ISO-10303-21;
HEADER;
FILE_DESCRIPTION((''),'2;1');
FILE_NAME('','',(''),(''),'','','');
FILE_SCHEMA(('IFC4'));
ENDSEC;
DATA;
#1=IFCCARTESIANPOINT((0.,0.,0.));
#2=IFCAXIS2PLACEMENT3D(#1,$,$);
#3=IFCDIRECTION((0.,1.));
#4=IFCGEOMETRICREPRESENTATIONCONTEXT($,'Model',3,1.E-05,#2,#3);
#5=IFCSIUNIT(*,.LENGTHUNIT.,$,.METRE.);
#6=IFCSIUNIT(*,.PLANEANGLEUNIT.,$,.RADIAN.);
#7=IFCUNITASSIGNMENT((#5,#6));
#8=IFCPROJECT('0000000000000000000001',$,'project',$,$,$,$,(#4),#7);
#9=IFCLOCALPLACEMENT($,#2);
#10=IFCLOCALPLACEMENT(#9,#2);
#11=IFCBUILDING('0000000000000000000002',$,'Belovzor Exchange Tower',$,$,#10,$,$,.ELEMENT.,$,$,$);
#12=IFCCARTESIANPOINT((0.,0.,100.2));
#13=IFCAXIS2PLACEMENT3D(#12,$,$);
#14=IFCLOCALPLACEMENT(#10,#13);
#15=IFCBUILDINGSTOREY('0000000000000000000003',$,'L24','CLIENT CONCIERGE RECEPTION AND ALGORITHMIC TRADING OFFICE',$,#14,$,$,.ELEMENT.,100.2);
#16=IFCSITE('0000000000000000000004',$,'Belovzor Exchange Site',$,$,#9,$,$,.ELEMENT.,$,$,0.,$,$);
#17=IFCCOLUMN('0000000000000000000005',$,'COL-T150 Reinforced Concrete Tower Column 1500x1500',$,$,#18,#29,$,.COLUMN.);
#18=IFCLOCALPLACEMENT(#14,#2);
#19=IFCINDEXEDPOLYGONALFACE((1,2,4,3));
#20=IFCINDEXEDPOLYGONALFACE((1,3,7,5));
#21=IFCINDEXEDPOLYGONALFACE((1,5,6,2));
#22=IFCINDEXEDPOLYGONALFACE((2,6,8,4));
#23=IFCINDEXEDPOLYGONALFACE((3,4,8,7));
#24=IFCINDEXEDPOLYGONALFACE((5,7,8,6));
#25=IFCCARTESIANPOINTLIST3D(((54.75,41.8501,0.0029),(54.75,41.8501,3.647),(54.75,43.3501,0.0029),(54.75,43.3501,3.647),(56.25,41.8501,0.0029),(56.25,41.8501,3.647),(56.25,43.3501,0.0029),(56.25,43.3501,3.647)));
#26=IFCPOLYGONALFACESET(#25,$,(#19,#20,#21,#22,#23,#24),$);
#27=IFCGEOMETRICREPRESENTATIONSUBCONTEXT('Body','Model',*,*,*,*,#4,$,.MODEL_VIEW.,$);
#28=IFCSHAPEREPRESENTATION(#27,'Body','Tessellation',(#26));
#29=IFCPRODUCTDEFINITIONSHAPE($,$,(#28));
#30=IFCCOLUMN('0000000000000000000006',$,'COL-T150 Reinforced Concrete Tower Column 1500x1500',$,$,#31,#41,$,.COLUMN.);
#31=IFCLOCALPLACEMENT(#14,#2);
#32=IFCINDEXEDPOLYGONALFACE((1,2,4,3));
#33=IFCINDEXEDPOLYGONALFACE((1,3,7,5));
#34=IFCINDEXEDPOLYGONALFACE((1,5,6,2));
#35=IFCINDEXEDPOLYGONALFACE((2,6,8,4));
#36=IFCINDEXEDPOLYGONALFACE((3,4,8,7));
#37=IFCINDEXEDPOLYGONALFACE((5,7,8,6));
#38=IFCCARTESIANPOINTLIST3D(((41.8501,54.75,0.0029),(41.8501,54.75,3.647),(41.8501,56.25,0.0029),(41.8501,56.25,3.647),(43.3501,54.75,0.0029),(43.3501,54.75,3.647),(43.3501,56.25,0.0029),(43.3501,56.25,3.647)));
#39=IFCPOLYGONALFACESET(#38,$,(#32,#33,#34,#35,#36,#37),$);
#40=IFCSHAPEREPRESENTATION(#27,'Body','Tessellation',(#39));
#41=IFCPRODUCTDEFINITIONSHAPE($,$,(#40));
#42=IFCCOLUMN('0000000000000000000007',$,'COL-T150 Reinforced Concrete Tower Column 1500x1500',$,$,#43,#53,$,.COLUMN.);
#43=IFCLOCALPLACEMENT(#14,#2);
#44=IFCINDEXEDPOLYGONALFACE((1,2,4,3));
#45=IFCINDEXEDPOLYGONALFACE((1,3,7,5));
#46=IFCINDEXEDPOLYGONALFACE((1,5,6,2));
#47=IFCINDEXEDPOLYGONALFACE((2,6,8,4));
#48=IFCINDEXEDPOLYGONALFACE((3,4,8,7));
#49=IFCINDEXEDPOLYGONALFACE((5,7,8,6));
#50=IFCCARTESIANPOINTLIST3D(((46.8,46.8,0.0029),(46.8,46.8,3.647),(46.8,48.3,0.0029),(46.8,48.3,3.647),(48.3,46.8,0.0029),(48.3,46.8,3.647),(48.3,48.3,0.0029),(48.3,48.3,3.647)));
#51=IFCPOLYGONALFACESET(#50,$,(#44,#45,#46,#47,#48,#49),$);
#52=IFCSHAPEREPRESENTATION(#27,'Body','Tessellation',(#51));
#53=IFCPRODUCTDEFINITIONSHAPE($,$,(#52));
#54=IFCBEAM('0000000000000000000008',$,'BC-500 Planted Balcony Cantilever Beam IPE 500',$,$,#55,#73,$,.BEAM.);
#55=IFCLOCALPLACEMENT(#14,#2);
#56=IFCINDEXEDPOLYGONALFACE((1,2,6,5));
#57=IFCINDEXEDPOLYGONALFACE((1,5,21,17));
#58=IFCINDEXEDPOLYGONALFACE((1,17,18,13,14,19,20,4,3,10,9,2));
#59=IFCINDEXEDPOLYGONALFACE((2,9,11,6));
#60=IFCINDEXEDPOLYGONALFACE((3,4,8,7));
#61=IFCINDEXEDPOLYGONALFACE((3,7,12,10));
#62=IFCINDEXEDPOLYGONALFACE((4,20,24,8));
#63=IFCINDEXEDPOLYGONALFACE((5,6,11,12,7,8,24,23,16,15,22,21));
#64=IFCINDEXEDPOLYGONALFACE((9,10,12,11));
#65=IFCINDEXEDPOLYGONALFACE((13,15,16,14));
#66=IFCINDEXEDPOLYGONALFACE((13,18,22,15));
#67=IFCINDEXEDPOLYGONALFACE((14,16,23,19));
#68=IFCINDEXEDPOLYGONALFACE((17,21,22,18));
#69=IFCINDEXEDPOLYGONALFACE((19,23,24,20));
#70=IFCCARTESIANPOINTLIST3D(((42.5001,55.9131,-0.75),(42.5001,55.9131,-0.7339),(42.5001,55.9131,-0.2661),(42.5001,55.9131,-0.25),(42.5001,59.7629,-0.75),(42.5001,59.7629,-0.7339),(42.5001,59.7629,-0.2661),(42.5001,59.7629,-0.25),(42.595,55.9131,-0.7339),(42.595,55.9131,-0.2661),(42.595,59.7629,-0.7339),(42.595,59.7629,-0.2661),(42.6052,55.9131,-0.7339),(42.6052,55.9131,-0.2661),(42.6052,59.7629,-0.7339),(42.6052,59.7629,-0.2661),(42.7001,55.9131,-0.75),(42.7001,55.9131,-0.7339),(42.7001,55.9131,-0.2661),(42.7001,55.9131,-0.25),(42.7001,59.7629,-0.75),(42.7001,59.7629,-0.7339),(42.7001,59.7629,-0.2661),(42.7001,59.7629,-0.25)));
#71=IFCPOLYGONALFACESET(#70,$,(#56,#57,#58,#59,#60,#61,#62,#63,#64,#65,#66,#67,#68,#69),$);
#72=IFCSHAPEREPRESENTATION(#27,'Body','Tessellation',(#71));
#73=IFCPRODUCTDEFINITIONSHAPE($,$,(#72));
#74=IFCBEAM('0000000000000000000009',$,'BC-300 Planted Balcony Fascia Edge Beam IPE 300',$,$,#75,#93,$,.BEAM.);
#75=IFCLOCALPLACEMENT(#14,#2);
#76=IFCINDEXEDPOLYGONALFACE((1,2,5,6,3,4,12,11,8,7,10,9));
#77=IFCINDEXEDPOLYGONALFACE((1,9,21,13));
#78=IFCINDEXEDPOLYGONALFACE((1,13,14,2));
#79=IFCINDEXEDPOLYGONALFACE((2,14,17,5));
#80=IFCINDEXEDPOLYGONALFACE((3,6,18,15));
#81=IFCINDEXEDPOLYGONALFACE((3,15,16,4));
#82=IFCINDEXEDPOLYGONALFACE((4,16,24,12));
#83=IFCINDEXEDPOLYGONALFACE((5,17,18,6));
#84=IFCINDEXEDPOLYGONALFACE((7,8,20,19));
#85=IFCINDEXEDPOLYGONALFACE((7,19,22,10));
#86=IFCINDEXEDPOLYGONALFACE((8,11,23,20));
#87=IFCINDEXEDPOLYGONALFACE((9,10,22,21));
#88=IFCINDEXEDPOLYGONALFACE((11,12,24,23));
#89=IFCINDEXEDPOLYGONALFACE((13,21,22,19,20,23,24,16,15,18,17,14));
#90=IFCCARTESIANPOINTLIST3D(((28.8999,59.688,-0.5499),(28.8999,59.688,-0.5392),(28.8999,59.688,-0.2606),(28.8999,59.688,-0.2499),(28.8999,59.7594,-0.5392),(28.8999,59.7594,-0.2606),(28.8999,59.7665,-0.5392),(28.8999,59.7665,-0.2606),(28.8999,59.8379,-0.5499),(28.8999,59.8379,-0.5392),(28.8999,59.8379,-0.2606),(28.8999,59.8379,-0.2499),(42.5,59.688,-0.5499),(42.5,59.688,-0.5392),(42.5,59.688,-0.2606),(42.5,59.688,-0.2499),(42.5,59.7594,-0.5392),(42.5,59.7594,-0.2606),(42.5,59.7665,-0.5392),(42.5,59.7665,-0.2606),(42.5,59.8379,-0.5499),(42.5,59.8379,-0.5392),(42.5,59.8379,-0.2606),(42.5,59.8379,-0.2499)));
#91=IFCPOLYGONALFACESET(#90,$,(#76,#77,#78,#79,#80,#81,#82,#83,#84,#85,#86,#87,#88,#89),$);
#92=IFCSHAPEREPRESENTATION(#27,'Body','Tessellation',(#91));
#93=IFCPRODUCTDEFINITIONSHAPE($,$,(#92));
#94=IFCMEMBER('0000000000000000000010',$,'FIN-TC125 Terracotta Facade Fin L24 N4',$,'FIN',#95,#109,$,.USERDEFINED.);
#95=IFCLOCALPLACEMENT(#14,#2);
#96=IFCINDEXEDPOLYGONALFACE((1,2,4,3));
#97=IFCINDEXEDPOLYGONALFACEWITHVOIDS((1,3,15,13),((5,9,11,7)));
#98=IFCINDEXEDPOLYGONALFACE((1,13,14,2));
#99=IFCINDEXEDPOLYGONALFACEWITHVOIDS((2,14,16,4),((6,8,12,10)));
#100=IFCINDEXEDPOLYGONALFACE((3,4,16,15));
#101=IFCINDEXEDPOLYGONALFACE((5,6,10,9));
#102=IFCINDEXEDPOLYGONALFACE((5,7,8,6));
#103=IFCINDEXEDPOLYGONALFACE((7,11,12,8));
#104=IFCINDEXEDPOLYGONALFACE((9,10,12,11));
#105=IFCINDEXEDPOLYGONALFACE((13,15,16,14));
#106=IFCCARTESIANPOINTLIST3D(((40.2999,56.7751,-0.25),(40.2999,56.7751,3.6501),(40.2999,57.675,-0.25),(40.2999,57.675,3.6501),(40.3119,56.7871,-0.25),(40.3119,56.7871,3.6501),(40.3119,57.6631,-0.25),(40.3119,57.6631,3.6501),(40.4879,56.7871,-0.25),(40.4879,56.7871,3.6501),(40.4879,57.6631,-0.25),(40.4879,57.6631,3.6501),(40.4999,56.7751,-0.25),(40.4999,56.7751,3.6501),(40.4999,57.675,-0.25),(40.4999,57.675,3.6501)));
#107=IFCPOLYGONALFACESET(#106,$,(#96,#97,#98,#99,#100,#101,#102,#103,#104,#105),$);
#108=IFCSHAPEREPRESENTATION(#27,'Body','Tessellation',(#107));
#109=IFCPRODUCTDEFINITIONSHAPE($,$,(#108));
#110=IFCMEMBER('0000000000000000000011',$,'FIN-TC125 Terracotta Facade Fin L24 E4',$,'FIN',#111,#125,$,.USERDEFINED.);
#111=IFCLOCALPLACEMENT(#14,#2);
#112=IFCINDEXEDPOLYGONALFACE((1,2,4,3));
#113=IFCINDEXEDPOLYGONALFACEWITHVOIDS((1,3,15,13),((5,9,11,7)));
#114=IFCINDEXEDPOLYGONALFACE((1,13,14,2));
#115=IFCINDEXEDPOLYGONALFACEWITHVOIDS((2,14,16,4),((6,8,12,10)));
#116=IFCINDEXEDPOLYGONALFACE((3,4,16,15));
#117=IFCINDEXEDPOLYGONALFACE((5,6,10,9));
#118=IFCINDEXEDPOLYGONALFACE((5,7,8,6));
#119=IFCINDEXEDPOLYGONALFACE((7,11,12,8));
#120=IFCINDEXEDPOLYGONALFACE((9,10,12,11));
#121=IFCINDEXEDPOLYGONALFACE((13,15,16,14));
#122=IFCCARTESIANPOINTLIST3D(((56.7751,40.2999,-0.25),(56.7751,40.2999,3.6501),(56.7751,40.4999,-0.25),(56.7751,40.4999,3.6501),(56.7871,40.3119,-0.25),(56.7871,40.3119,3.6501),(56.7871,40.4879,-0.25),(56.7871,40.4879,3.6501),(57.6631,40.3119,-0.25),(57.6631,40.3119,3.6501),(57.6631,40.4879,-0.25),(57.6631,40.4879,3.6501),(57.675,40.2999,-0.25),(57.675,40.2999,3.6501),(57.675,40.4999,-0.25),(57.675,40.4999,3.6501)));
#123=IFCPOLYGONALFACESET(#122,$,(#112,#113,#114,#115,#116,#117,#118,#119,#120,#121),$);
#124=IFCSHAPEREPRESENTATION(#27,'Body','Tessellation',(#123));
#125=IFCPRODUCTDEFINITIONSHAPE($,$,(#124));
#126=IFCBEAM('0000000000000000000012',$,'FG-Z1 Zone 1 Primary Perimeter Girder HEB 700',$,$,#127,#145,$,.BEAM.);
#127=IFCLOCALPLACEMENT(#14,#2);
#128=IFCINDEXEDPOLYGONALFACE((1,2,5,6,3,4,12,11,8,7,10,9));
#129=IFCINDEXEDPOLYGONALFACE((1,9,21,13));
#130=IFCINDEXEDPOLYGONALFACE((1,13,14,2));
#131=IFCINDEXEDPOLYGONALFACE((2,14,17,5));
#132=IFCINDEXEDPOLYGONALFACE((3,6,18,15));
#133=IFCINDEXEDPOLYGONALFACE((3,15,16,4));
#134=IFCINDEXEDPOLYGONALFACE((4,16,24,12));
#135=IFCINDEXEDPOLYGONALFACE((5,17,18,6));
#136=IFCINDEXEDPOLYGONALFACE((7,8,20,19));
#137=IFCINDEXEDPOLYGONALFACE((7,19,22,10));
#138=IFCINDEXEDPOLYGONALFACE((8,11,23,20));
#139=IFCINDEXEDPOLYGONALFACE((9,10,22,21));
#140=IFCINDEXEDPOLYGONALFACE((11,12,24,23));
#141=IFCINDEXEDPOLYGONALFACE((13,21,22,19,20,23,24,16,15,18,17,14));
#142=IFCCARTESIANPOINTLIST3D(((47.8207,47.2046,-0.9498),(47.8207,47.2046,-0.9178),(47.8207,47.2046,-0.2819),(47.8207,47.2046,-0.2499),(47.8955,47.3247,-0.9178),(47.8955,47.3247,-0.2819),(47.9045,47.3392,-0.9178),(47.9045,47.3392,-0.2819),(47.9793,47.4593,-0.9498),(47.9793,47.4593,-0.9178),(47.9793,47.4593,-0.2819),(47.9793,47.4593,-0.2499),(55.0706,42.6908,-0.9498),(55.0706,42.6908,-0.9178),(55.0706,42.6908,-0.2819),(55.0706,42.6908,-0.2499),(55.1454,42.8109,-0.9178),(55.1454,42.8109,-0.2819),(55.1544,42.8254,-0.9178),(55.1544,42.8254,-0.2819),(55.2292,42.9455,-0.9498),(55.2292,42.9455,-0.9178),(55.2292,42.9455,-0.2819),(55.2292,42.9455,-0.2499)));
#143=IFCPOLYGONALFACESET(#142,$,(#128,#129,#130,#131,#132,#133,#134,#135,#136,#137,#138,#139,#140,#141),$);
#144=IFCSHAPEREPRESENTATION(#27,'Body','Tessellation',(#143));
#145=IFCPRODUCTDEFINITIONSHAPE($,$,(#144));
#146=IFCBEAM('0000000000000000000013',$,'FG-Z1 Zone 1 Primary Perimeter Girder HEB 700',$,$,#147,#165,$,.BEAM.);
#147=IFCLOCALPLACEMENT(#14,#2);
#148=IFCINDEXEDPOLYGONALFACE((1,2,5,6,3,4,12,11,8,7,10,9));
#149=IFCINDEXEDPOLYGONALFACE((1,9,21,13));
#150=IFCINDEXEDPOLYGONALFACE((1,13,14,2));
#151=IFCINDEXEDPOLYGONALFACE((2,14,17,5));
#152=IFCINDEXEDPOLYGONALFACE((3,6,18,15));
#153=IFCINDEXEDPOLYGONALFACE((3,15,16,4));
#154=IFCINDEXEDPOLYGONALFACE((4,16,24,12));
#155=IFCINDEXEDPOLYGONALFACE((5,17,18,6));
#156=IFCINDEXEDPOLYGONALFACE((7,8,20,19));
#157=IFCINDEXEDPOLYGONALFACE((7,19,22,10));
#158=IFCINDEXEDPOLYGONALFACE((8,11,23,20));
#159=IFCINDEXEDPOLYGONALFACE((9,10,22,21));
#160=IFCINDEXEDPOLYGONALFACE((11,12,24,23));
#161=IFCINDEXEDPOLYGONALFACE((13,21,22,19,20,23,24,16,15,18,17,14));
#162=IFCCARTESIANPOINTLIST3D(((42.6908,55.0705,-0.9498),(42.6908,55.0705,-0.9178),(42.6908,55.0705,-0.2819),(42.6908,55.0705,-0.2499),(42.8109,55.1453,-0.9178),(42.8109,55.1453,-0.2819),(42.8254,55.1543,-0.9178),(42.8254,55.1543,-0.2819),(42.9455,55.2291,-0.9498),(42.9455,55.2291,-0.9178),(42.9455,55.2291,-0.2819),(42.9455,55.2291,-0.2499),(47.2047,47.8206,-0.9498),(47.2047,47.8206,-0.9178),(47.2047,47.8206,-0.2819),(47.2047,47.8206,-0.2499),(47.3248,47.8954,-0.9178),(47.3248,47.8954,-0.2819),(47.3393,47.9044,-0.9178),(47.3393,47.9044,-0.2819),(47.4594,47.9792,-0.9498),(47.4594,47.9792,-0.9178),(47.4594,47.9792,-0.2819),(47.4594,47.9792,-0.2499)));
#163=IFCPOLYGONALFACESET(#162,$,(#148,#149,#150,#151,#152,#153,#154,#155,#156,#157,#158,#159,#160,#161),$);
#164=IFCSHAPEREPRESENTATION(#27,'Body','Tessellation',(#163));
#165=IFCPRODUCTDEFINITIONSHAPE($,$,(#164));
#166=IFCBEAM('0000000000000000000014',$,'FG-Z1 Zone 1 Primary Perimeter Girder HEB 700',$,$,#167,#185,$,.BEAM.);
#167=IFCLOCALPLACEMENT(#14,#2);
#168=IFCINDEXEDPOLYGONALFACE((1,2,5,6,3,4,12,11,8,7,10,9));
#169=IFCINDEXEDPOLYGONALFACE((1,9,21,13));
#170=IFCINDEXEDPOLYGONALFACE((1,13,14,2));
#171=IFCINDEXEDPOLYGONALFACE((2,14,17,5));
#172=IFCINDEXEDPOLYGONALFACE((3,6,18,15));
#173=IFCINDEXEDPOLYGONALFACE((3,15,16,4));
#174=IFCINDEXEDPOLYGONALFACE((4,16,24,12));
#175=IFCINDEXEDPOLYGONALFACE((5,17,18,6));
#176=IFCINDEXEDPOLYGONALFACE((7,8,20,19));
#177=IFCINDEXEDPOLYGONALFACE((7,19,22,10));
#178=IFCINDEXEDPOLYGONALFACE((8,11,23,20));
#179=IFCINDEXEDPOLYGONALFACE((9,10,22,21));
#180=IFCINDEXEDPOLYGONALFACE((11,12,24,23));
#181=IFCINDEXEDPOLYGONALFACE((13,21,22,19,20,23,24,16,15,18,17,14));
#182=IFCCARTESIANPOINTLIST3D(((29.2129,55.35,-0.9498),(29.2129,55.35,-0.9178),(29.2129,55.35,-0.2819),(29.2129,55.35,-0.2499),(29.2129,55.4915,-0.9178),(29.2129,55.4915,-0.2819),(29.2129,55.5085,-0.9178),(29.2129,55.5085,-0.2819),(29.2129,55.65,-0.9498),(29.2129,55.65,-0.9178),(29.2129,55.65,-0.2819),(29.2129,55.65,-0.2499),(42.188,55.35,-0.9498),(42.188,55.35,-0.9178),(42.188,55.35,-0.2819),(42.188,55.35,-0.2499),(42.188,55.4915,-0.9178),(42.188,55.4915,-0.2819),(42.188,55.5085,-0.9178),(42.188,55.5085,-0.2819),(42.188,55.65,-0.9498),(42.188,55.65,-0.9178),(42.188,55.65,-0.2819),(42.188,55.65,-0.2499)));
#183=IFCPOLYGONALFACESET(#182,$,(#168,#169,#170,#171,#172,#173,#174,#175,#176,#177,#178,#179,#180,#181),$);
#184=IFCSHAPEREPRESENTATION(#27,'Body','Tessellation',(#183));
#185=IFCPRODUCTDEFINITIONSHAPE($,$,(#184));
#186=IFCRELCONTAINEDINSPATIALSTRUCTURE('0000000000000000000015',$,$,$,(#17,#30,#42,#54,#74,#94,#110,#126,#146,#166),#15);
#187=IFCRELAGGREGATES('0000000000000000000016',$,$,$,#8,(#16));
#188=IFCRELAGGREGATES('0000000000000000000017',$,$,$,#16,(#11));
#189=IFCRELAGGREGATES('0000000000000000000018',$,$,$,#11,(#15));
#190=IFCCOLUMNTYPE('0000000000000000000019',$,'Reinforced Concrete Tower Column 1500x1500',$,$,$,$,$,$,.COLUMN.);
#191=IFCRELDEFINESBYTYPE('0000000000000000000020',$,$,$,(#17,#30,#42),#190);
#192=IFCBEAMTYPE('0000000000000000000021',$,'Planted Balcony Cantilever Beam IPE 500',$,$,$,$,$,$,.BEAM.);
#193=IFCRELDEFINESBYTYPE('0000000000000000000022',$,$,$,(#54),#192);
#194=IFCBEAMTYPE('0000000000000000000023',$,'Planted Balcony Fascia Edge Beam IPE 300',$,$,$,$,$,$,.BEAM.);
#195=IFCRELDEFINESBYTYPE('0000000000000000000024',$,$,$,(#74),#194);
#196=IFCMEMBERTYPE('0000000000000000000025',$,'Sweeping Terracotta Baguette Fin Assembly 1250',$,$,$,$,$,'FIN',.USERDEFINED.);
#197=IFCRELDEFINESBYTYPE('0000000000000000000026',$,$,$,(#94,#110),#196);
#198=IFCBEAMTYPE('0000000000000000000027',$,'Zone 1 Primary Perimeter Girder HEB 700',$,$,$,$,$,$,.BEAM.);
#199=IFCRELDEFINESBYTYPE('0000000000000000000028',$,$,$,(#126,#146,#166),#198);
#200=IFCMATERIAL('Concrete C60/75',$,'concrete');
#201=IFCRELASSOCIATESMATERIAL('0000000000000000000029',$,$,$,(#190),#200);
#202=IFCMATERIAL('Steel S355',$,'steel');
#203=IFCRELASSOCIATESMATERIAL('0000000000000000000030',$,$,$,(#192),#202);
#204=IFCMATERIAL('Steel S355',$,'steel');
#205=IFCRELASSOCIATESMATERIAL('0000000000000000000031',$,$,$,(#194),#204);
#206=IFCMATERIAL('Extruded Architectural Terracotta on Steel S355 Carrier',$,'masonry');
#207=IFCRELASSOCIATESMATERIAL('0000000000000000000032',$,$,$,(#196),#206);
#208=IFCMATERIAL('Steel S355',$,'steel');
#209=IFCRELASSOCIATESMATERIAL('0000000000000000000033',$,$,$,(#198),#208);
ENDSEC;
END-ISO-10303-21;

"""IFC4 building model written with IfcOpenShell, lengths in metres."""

from ifc_helpers import new_model, si_unit, direction, frame, origin, origin_2d, place, context, subcontext, project, spatial, rectangle, hollow_rectangle, i_section, extrude, material, material_profile, profile_set, type_object, element, save


model = new_model("IFC4")

# Units and contexts
model_context = context("Model", 3, precision=1e-05, world=origin(), true_north=direction((0.0, 1.0)))
body_context = subcontext(model_context, "Body", "Model", "MODEL_VIEW")
ifc_project = project(units=[si_unit("LENGTHUNIT", "METRE"), si_unit("PLANEANGLEUNIT", "RADIAN")], contexts=[model_context])

# Site, building, storey
site_placement = place(None, origin())
site = spatial("IfcSite", under=ifc_project, at=site_placement, Name="Belovzor Exchange Site", CompositionType="ELEMENT", RefElevation=0.0)
building_placement = place(site_placement, origin())
building = spatial("IfcBuilding", under=site, at=building_placement, Name="Belovzor Exchange Tower", CompositionType="ELEMENT")
storey_placement = place(building_placement, frame((0.0, 0.0, 100.2)))
storey = spatial("IfcBuildingStorey", under=building, at=storey_placement, Name="L24", Description="CLIENT CONCIERGE RECEPTION AND ALGORITHMIC TRADING OFFICE", CompositionType="ELEMENT", Elevation=100.2)

# Columns
ifc_material_1 = material(Name="Concrete C60/75", Category="concrete")
ifc_material_profile_1 = material_profile(ifc_material_1, rectangle(XDim=1.5, YDim=1.5, at=origin_2d()))
ifc_profile_set_1 = profile_set([ifc_material_profile_1], Name="Concrete C60/75")
column_type = type_object("IfcColumnType", Name="Reinforced Concrete Tower Column 1500x1500", PredefinedType="COLUMN", material=ifc_profile_set_1)
for number, where, z_axis, x_axis, name in (
    (1, (55.5, 42.6001, 0.0029), (0.0, 0.0, 1.0), (1.0, 0.0, 0.0), "COL-T150 Reinforced Concrete Tower Column 1500x1500"),
    (2, (42.6001, 55.5, 0.0029), (0.0, 0.0, 1.0), (1.0, 0.0, 0.0), "COL-T150 Reinforced Concrete Tower Column 1500x1500"),
    (3, (47.55, 47.55, 0.0029), (0.0, 0.0, 1.0), (1.0, 0.0, 0.0), "COL-T150 Reinforced Concrete Tower Column 1500x1500"),
):
    element("IfcColumn", number, at=place(storey_placement, frame(where, z_axis=z_axis, x_axis=x_axis)), inside=storey, type_object=column_type, Name=name, PredefinedType="COLUMN", context=body_context, shape_type="SweptSolid", body=[
        extrude(rectangle(XDim=1.5, YDim=1.5, at=origin_2d()), origin(), (0.0, 0.0, 1.0), 3.644),
    ])

# Beams
ifc_material_2 = material(Name="Steel S355", Category="steel")
ifc_material_profile_2 = material_profile(ifc_material_2, i_section(OverallWidth=0.2, OverallDepth=0.5, WebThickness=0.0103, FlangeThickness=0.0161, at=origin_2d()))
ifc_profile_set_2 = profile_set([ifc_material_profile_2], Name="Steel S355")
beam_type_1 = type_object("IfcBeamType", Name="Planted Balcony Cantilever Beam IPE 500", PredefinedType="BEAM", material=ifc_profile_set_2)
beam_1_placement = place(storey_placement, frame((42.6001, 55.9131, -0.5), z_axis=(0.0, 1.0, 0.0), x_axis=(-1.0, 0.0, 0.0)))
element("IfcBeam", 4, at=beam_1_placement, inside=storey, type_object=beam_type_1, Name="BC-500 Planted Balcony Cantilever Beam IPE 500", PredefinedType="BEAM", context=body_context, shape_type="SweptSolid", body=[
    extrude(i_section(OverallWidth=0.2, OverallDepth=0.5, WebThickness=0.0103, FlangeThickness=0.0161, at=origin_2d()), origin(), (0.0, 0.0, 1.0), 3.8499),
])
ifc_material_3 = material(Name="Steel S355", Category="steel")
ifc_material_profile_3 = material_profile(ifc_material_3, i_section(OverallWidth=0.1499, OverallDepth=0.3, WebThickness=0.0071, FlangeThickness=0.0107, at=origin_2d()))
ifc_profile_set_3 = profile_set([ifc_material_profile_3], Name="Steel S355")
beam_type_2 = type_object("IfcBeamType", Name="Planted Balcony Fascia Edge Beam IPE 300", PredefinedType="BEAM", material=ifc_profile_set_3)
beam_2_placement = place(storey_placement, frame((42.5, 59.7629, -0.3999), z_axis=(-1.0, 0.0, 0.0), x_axis=(0.0, -1.0, 0.0)))
element("IfcBeam", 5, at=beam_2_placement, inside=storey, type_object=beam_type_2, Name="BC-300 Planted Balcony Fascia Edge Beam IPE 300", PredefinedType="BEAM", context=body_context, shape_type="SweptSolid", body=[
    extrude(i_section(OverallWidth=0.1499, OverallDepth=0.3, WebThickness=0.0071, FlangeThickness=0.0107, at=origin_2d()), origin(), (0.0, 0.0, 1.0), 13.6001),
])

# Members
ifc_material_4 = material(Name="Extruded Architectural Terracotta on Steel S355 Carrier", Category="masonry")
ifc_material_profile_4 = material_profile(ifc_material_4, hollow_rectangle(XDim=0.2, YDim=0.8999, WallThickness=0.012, at=origin_2d()))
ifc_profile_set_4 = profile_set([ifc_material_profile_4], Name="Extruded Architectural Terracotta on Steel S355 Carrier")
member_type = type_object("IfcMemberType", Name="Sweeping Terracotta Baguette Fin Assembly 1250", ElementType="FIN", PredefinedType="USERDEFINED", material=ifc_profile_set_4)
for number, where, z_axis, x_axis, name in (
    (6, (40.3999, 57.2251, -0.25), (0.0, 0.0, 1.0), (1.0, 0.0, 0.0), "FIN-TC125 Terracotta Facade Fin L24 N4"),
    (7, (57.2251, 40.3999, -0.25), (0.0, 0.0, 1.0), (0.0, 1.0, 0.0), "FIN-TC125 Terracotta Facade Fin L24 E4"),
):
    element("IfcMember", number, at=place(storey_placement, frame(where, z_axis=z_axis, x_axis=x_axis)), inside=storey, type_object=member_type, Name=name, ObjectType="FIN", PredefinedType="USERDEFINED", context=body_context, shape_type="SweptSolid", body=[
        extrude(hollow_rectangle(XDim=0.2, YDim=0.8999, WallThickness=0.012, at=origin_2d()), origin(), (0.0, 0.0, 1.0), 3.9001),
    ])

# Beams
ifc_material_5 = material(Name="Steel S355", Category="steel")
ifc_material_profile_5 = material_profile(ifc_material_5, i_section(OverallWidth=0.3, OverallDepth=0.7, WebThickness=0.0171, FlangeThickness=0.032, at=origin_2d()))
ifc_profile_set_5 = profile_set([ifc_material_profile_5], Name="Steel S355")
beam_type_3 = type_object("IfcBeamType", Name="Zone 1 Primary Perimeter Girder HEB 700", PredefinedType="BEAM", material=ifc_profile_set_5)
for number, where, z_axis, x_axis, name in (
    (8, (55.1499, 42.8181, -0.5999), (-0.848909, 0.528539, 0.0), (-0.528539, -0.848909, 0.0), "FG-Z1 Zone 1 Primary Perimeter Girder HEB 700"),
    (9, (47.332, 47.8999, -0.5999), (-0.528539, 0.848909, 0.0), (-0.848909, -0.528539, 0.0), "FG-Z1 Zone 1 Primary Perimeter Girder HEB 700"),
):
    element("IfcBeam", number, at=place(storey_placement, frame(where, z_axis=z_axis, x_axis=x_axis)), inside=storey, type_object=beam_type_3, Name=name, PredefinedType="BEAM", context=body_context, shape_type="SweptSolid", body=[
        extrude(i_section(OverallWidth=0.3, OverallDepth=0.7, WebThickness=0.0171, FlangeThickness=0.032, at=origin_2d()), origin(), (0.0, 0.0, 1.0), 8.5403),
    ])
beam_3_placement = place(storey_placement, frame((42.188, 55.5, -0.5999), z_axis=(-1.0, 0.0, 0.0), x_axis=(0.0, -1.0, 0.0)))
element("IfcBeam", 10, at=beam_3_placement, inside=storey, type_object=beam_type_3, Name="FG-Z1 Zone 1 Primary Perimeter Girder HEB 700", PredefinedType="BEAM", context=body_context, shape_type="SweptSolid", body=[
    extrude(i_section(OverallWidth=0.3, OverallDepth=0.7, WebThickness=0.0171, FlangeThickness=0.032, at=origin_2d()), origin(), (0.0, 0.0, 1.0), 12.9751),
])

save(model, "model.ifc")
